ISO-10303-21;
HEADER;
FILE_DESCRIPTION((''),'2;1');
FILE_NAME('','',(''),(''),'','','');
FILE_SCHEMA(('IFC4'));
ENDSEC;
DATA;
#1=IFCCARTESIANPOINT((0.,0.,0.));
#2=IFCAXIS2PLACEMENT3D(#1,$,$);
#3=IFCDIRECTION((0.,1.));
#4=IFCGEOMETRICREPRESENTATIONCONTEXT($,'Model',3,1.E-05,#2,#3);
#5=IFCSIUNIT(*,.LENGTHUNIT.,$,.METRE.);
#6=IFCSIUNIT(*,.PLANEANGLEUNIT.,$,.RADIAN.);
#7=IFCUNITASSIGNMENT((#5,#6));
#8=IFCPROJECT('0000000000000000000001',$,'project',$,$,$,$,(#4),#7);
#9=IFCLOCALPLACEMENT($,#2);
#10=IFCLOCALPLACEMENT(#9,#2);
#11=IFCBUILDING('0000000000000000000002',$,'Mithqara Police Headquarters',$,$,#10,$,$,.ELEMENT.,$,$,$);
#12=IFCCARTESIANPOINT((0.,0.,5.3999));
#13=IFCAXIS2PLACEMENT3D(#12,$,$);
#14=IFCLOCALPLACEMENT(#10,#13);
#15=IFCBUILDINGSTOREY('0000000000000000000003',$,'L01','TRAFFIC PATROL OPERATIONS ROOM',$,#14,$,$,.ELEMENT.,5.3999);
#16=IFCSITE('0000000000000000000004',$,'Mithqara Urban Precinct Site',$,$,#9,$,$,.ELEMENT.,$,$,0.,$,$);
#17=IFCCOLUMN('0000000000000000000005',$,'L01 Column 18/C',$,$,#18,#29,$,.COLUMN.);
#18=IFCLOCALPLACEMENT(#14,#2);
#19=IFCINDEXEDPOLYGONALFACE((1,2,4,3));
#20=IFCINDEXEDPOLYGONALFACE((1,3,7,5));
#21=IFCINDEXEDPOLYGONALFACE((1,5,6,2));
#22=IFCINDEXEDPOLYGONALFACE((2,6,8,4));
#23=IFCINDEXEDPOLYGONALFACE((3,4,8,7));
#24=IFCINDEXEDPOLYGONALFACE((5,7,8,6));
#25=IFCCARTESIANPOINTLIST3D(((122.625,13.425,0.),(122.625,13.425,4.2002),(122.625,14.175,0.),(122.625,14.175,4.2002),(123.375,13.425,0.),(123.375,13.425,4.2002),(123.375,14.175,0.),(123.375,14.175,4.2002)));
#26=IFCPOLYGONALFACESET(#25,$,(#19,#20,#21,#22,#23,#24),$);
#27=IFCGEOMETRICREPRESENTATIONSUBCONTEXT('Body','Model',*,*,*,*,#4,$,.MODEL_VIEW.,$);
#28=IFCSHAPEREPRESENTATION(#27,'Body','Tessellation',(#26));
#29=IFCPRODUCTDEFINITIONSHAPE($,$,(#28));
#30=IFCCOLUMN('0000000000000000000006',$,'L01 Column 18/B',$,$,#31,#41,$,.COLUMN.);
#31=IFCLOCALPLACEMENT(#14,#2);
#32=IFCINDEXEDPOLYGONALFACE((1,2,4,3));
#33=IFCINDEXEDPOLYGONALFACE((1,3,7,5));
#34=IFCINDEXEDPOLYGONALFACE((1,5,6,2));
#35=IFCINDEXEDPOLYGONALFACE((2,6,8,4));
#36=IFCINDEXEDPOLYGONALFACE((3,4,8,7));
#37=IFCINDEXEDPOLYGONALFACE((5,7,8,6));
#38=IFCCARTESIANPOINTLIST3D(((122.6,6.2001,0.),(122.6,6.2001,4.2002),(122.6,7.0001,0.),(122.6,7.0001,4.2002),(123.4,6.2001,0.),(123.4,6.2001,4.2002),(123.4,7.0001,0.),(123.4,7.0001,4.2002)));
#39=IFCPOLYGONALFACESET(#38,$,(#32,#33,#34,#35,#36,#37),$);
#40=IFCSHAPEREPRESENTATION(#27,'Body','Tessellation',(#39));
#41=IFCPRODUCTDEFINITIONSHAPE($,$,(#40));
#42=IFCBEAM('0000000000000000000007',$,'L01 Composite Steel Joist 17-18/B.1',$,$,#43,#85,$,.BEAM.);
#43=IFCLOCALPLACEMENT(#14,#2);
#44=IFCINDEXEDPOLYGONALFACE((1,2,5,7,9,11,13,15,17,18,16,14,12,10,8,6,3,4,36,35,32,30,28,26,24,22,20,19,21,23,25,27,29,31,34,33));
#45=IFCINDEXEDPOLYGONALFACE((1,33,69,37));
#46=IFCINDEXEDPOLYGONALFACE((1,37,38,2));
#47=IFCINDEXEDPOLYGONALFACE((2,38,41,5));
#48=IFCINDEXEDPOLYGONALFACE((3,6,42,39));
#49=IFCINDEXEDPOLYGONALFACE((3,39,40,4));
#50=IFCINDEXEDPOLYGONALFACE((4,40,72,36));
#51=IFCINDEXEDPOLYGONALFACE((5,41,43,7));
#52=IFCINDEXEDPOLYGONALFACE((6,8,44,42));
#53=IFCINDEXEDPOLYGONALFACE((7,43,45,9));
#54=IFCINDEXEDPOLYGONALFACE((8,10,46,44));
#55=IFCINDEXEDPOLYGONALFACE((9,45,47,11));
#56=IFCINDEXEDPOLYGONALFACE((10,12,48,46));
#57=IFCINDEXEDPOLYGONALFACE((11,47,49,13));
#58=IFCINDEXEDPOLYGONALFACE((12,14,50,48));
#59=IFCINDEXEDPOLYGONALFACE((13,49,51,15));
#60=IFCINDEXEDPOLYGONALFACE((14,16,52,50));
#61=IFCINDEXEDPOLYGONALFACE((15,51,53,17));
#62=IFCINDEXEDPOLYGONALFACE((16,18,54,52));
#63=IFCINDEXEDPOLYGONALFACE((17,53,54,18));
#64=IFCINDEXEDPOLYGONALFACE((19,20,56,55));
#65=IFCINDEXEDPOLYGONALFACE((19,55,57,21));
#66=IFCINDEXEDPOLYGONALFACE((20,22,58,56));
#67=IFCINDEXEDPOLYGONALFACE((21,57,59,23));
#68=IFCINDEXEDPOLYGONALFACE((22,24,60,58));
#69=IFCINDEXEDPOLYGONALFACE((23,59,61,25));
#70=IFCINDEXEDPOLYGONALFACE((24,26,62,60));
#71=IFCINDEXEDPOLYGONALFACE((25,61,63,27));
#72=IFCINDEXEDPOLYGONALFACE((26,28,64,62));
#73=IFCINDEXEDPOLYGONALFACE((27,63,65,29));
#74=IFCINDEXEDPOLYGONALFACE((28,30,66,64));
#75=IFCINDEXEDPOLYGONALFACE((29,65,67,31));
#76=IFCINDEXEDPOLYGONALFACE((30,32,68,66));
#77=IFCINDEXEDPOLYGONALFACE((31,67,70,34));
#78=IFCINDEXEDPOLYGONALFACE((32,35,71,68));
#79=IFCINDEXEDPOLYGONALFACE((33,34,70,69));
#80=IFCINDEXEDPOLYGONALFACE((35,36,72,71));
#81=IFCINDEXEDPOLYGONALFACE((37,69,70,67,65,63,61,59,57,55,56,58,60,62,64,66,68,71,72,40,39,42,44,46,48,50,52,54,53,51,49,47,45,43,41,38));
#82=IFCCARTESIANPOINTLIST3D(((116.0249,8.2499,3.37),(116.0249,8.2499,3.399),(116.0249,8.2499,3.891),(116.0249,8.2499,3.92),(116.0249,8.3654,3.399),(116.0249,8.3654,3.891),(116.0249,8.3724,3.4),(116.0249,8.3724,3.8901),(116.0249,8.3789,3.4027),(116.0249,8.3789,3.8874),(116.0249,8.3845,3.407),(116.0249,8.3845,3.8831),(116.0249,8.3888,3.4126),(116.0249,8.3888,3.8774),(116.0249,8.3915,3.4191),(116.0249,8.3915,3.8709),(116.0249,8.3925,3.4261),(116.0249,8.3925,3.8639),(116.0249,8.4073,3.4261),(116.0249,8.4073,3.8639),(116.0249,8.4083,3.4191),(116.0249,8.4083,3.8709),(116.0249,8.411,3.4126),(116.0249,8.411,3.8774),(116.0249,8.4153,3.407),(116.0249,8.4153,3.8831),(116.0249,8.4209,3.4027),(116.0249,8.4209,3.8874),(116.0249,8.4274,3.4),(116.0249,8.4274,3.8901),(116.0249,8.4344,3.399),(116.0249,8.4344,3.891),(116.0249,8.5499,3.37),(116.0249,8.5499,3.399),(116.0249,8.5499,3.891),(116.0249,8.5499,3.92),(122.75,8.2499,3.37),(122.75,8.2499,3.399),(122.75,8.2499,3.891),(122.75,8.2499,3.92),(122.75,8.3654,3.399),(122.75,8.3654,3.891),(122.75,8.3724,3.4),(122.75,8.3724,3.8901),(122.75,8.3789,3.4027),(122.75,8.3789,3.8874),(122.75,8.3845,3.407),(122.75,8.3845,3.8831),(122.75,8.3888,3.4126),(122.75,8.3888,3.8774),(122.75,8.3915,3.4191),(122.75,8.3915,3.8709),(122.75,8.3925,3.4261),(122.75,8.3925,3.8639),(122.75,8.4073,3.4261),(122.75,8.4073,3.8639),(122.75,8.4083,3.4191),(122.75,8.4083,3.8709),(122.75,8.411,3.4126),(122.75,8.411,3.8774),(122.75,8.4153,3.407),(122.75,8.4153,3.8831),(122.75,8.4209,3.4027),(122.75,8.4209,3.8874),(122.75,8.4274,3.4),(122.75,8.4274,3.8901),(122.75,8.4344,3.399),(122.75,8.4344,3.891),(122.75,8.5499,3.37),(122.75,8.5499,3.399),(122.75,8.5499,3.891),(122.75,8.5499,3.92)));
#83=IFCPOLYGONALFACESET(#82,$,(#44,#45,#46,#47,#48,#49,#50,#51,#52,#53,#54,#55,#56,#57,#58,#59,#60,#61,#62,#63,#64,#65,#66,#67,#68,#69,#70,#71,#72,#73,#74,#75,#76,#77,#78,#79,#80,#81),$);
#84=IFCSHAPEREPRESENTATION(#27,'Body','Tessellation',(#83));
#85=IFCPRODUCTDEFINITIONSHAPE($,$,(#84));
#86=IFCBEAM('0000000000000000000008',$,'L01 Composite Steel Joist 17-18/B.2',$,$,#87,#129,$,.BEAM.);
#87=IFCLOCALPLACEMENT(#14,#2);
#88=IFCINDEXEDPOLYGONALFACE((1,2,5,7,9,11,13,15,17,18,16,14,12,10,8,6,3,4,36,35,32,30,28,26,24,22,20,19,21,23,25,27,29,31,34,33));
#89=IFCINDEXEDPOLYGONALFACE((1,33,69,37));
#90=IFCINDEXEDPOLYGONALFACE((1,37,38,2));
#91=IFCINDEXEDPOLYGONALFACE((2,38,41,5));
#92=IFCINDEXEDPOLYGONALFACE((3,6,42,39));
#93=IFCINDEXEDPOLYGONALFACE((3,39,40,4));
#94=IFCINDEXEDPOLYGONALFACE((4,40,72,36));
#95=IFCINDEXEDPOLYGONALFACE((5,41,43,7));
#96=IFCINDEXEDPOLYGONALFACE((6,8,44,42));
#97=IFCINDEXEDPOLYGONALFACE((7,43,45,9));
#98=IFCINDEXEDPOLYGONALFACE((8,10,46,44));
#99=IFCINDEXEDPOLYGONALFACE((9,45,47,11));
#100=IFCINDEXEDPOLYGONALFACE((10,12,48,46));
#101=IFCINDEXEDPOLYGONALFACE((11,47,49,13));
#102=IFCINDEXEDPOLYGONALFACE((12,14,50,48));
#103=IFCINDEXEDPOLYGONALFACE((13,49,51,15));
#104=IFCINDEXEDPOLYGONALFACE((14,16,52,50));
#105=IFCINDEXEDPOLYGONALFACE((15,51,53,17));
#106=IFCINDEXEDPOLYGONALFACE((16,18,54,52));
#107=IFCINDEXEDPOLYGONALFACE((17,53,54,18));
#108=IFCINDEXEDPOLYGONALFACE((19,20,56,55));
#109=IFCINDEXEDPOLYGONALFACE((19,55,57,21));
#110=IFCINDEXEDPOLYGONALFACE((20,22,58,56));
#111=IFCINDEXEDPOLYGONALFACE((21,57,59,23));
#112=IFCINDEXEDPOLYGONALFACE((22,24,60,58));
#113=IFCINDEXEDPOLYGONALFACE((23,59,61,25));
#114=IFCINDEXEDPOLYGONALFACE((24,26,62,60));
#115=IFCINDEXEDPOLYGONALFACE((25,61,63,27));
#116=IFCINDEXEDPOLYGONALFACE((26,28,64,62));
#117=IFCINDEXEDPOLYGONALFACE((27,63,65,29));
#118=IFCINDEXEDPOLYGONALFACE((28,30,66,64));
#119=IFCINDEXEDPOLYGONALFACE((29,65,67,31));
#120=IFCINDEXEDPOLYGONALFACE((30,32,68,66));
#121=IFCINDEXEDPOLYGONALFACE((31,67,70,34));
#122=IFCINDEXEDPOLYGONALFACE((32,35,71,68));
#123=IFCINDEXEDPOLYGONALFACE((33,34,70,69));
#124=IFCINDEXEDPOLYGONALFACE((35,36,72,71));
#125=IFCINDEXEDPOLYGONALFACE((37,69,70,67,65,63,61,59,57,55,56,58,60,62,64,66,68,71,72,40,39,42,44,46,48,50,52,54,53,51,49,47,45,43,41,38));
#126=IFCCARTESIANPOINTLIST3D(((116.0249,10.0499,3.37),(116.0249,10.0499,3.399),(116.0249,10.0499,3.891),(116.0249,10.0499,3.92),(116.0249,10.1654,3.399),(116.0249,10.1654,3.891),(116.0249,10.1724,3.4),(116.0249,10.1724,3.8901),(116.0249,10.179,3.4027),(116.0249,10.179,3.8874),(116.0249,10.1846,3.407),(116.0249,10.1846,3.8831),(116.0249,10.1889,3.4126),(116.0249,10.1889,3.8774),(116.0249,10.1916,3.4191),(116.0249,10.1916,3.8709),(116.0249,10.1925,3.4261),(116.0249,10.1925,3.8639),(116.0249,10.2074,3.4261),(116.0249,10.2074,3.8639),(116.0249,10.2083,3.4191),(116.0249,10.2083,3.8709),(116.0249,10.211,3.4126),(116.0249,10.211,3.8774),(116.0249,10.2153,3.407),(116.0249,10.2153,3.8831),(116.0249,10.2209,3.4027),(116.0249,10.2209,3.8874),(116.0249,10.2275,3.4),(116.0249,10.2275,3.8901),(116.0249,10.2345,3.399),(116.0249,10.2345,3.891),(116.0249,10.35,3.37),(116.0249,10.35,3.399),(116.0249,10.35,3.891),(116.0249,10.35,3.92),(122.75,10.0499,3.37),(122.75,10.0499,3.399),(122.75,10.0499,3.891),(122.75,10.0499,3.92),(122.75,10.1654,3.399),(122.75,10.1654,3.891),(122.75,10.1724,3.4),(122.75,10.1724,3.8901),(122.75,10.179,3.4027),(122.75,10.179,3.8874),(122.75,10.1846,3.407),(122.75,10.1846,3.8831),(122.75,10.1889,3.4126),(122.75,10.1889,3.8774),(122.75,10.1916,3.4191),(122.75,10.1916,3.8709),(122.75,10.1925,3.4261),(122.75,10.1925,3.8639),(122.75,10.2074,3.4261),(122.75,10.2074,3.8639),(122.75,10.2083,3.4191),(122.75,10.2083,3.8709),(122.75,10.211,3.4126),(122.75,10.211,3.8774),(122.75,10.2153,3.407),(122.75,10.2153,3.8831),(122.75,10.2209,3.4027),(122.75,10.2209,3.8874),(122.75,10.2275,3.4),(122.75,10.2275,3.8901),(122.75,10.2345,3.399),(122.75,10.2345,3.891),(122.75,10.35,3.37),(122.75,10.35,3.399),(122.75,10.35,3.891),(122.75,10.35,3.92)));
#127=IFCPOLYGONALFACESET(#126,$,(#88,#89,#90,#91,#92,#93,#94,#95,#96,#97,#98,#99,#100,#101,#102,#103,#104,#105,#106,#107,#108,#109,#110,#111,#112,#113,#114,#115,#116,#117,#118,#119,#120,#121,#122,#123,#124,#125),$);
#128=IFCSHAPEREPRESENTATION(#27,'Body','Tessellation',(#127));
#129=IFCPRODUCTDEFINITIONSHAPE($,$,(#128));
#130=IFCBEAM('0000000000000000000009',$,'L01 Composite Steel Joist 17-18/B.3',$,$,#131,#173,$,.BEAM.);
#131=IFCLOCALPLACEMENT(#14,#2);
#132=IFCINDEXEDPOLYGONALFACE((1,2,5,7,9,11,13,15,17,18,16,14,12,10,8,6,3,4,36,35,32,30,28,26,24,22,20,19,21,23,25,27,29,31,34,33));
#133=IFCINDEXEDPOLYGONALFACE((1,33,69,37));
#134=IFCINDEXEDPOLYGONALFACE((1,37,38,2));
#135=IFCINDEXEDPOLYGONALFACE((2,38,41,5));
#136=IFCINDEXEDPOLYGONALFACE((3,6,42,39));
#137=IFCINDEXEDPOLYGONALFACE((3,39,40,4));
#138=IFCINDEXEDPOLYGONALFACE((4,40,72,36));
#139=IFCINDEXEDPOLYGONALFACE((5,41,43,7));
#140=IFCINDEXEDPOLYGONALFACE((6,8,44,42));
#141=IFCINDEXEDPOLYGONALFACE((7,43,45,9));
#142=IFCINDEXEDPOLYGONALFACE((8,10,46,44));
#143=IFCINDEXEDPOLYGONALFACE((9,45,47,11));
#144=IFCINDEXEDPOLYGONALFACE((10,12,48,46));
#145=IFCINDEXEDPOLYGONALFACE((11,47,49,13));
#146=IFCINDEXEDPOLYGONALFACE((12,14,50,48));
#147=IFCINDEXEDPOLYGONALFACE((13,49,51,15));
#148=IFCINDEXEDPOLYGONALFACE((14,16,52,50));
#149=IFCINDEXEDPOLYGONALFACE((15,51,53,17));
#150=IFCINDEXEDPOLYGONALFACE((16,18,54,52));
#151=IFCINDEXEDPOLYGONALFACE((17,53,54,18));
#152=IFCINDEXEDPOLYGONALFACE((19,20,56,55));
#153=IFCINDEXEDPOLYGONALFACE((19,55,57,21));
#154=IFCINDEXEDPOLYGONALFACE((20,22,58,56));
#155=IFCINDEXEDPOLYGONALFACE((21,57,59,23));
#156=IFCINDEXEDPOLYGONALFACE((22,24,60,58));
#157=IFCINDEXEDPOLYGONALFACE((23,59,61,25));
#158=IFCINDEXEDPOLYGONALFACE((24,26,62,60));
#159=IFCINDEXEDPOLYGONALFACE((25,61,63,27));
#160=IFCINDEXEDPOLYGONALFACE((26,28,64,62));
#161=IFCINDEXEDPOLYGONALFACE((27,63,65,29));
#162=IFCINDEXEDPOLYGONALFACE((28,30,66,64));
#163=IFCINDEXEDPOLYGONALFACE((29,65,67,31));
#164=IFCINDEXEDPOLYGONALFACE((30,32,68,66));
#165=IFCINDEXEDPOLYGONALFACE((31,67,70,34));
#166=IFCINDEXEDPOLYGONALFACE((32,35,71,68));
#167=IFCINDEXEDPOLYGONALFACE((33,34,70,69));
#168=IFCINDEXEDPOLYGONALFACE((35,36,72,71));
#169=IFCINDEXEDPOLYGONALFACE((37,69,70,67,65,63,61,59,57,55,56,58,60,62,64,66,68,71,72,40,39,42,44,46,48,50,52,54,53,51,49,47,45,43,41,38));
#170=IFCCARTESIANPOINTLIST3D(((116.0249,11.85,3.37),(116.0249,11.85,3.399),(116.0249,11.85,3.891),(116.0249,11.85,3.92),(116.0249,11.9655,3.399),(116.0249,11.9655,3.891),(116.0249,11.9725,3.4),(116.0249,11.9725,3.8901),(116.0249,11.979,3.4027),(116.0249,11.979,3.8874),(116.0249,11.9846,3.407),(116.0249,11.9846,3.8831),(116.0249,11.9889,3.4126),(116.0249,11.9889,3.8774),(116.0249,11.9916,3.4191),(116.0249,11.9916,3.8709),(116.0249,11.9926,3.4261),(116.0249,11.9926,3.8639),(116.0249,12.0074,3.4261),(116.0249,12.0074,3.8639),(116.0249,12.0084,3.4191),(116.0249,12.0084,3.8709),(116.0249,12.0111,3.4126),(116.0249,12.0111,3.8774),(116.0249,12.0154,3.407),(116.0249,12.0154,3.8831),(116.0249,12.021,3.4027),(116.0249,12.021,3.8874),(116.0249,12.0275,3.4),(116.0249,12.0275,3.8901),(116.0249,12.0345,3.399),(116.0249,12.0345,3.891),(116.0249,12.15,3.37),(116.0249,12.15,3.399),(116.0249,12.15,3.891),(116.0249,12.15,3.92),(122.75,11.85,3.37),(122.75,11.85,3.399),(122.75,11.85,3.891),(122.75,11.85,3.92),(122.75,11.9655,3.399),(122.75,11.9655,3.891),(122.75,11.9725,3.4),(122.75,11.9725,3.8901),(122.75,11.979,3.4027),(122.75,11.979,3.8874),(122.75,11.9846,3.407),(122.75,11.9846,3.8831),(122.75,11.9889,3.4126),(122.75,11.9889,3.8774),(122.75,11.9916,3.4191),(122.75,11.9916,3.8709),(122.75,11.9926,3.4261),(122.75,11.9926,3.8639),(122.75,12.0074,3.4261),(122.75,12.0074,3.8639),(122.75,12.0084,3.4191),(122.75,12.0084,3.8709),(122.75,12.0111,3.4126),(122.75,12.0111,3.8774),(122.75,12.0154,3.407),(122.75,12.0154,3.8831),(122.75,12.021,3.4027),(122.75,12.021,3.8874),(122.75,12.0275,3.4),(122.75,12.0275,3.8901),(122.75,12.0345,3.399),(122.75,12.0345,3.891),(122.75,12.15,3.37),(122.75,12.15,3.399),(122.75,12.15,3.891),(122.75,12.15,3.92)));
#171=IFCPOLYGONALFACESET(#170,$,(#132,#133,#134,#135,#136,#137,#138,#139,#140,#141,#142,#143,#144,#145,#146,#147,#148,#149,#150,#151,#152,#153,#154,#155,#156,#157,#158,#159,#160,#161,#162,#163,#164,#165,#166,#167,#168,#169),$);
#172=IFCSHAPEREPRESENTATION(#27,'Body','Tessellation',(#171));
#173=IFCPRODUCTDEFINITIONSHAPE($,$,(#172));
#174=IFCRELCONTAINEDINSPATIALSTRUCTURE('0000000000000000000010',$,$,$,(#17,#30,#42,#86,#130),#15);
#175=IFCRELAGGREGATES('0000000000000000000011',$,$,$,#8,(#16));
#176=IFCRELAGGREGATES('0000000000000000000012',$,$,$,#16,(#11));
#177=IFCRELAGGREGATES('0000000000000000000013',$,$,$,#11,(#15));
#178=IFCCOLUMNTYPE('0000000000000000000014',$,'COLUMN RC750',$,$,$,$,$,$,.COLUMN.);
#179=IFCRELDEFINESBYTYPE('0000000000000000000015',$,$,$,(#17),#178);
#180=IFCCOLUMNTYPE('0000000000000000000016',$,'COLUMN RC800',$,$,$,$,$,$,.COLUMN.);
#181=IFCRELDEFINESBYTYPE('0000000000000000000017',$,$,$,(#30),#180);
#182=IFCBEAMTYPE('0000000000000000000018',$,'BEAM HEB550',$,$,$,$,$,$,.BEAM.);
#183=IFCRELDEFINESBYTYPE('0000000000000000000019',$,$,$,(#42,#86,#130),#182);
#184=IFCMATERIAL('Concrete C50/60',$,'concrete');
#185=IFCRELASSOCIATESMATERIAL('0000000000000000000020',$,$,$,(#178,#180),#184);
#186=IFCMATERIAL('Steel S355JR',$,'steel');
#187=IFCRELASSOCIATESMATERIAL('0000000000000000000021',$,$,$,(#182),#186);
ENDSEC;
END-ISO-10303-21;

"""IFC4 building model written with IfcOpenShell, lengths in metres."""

from ifc_helpers import new_model, si_unit, direction, frame, origin, origin_2d, place, context, subcontext, project, spatial, rectangle, i_section, extrude, material, material_profile, profile_set, type_object, element, save


model = new_model("IFC4")

# Units and contexts
model_context = context("Model", 3, precision=1e-05, world=origin(), true_north=direction((0.0, 1.0)))
body_context = subcontext(model_context, "Body", "Model", "MODEL_VIEW")
ifc_project = project(units=[si_unit("LENGTHUNIT", "METRE"), si_unit("PLANEANGLEUNIT", "RADIAN")], contexts=[model_context])

# Site, building, storey
site_placement = place(None, origin())
site = spatial("IfcSite", under=ifc_project, at=site_placement, Name="Mithqara Urban Precinct Site", CompositionType="ELEMENT", RefElevation=0.0)
building_placement = place(site_placement, origin())
building = spatial("IfcBuilding", under=site, at=building_placement, Name="Mithqara Police Headquarters", CompositionType="ELEMENT")
storey_placement = place(building_placement, frame((0.0, 0.0, 5.3999)))
storey = spatial("IfcBuildingStorey", under=building, at=storey_placement, Name="L01", Description="TRAFFIC PATROL OPERATIONS ROOM", CompositionType="ELEMENT", Elevation=5.3999)

# Columns
ifc_material_1 = material(Name="Concrete C50/60", Category="concrete")
ifc_material_profile_1 = material_profile(ifc_material_1, rectangle(XDim=0.75, YDim=0.75, at=origin_2d()), Name="RC 750x750")
ifc_profile_set_1 = profile_set([ifc_material_profile_1], Name="Concrete C50/60")
column_type_1 = type_object("IfcColumnType", Name="COLUMN RC750", PredefinedType="COLUMN", material=ifc_profile_set_1)
column_1_placement = place(storey_placement, frame((123.0, 13.8, 0.0), z_axis=(0.0, 0.0, 1.0), x_axis=(1.0, 0.0, 0.0)))
element("IfcColumn", 1, at=column_1_placement, inside=storey, type_object=column_type_1, Name="L01 Column 18/C", PredefinedType="COLUMN", context=body_context, shape_type="SweptSolid", body=[
    extrude(rectangle(XDim=0.75, YDim=0.75, at=origin_2d()), origin(), (0.0, 0.0, 1.0), 4.2002),
])
ifc_material_profile_2 = material_profile(ifc_material_1, rectangle(XDim=0.8, YDim=0.8, at=origin_2d()), Name="RC 800x800")
ifc_profile_set_2 = profile_set([ifc_material_profile_2], Name="Concrete C50/60")
column_type_2 = type_object("IfcColumnType", Name="COLUMN RC800", PredefinedType="COLUMN", material=ifc_profile_set_2)
column_2_placement = place(storey_placement, frame((123.0, 6.6001, 0.0), z_axis=(0.0, 0.0, 1.0), x_axis=(1.0, 0.0, 0.0)))
element("IfcColumn", 2, at=column_2_placement, inside=storey, type_object=column_type_2, Name="L01 Column 18/B", PredefinedType="COLUMN", context=body_context, shape_type="SweptSolid", body=[
    extrude(rectangle(XDim=0.8, YDim=0.8, at=origin_2d()), origin(), (0.0, 0.0, 1.0), 4.2002),
])

# Beams
ifc_material_2 = material(Name="Steel S355JR", Category="steel")
ifc_material_profile_3 = material_profile(ifc_material_2, i_section(OverallWidth=0.3, OverallDepth=0.55, WebThickness=0.0149, FlangeThickness=0.0291, FilletRadius=0.0271, at=origin_2d()), Name="HEB 550")
ifc_profile_set_3 = profile_set([ifc_material_profile_3], Name="Steel S355JR")
beam_type_1 = type_object("IfcBeamType", Name="BEAM HEB550", PredefinedType="BEAM", material=ifc_profile_set_3)
for number, where, z_axis, x_axis, name in (
    (3, (116.0249, 8.3999, 3.645), (1.0, 0.0, 0.0), (0.0, 1.0, 0.0), "L01 Composite Steel Joist 17-18/B.1"),
    (4, (116.0249, 10.2, 3.645), (1.0, 0.0, 0.0), (0.0, 1.0, 0.0), "L01 Composite Steel Joist 17-18/B.2"),
    (5, (116.0249, 12.0, 3.645), (1.0, 0.0, 0.0), (0.0, 1.0, 0.0), "L01 Composite Steel Joist 17-18/B.3"),
):
    element("IfcBeam", number, at=place(storey_placement, frame(where, z_axis=z_axis, x_axis=x_axis)), inside=storey, type_object=beam_type_1, Name=name, PredefinedType="BEAM", context=body_context, shape_type="SweptSolid", body=[
        extrude(i_section(OverallWidth=0.3, OverallDepth=0.55, WebThickness=0.0149, FlangeThickness=0.0291, FilletRadius=0.0271, at=origin_2d()), origin(), (0.0, 0.0, 1.0), 6.7251),
    ])

save(model, "model.ifc")
